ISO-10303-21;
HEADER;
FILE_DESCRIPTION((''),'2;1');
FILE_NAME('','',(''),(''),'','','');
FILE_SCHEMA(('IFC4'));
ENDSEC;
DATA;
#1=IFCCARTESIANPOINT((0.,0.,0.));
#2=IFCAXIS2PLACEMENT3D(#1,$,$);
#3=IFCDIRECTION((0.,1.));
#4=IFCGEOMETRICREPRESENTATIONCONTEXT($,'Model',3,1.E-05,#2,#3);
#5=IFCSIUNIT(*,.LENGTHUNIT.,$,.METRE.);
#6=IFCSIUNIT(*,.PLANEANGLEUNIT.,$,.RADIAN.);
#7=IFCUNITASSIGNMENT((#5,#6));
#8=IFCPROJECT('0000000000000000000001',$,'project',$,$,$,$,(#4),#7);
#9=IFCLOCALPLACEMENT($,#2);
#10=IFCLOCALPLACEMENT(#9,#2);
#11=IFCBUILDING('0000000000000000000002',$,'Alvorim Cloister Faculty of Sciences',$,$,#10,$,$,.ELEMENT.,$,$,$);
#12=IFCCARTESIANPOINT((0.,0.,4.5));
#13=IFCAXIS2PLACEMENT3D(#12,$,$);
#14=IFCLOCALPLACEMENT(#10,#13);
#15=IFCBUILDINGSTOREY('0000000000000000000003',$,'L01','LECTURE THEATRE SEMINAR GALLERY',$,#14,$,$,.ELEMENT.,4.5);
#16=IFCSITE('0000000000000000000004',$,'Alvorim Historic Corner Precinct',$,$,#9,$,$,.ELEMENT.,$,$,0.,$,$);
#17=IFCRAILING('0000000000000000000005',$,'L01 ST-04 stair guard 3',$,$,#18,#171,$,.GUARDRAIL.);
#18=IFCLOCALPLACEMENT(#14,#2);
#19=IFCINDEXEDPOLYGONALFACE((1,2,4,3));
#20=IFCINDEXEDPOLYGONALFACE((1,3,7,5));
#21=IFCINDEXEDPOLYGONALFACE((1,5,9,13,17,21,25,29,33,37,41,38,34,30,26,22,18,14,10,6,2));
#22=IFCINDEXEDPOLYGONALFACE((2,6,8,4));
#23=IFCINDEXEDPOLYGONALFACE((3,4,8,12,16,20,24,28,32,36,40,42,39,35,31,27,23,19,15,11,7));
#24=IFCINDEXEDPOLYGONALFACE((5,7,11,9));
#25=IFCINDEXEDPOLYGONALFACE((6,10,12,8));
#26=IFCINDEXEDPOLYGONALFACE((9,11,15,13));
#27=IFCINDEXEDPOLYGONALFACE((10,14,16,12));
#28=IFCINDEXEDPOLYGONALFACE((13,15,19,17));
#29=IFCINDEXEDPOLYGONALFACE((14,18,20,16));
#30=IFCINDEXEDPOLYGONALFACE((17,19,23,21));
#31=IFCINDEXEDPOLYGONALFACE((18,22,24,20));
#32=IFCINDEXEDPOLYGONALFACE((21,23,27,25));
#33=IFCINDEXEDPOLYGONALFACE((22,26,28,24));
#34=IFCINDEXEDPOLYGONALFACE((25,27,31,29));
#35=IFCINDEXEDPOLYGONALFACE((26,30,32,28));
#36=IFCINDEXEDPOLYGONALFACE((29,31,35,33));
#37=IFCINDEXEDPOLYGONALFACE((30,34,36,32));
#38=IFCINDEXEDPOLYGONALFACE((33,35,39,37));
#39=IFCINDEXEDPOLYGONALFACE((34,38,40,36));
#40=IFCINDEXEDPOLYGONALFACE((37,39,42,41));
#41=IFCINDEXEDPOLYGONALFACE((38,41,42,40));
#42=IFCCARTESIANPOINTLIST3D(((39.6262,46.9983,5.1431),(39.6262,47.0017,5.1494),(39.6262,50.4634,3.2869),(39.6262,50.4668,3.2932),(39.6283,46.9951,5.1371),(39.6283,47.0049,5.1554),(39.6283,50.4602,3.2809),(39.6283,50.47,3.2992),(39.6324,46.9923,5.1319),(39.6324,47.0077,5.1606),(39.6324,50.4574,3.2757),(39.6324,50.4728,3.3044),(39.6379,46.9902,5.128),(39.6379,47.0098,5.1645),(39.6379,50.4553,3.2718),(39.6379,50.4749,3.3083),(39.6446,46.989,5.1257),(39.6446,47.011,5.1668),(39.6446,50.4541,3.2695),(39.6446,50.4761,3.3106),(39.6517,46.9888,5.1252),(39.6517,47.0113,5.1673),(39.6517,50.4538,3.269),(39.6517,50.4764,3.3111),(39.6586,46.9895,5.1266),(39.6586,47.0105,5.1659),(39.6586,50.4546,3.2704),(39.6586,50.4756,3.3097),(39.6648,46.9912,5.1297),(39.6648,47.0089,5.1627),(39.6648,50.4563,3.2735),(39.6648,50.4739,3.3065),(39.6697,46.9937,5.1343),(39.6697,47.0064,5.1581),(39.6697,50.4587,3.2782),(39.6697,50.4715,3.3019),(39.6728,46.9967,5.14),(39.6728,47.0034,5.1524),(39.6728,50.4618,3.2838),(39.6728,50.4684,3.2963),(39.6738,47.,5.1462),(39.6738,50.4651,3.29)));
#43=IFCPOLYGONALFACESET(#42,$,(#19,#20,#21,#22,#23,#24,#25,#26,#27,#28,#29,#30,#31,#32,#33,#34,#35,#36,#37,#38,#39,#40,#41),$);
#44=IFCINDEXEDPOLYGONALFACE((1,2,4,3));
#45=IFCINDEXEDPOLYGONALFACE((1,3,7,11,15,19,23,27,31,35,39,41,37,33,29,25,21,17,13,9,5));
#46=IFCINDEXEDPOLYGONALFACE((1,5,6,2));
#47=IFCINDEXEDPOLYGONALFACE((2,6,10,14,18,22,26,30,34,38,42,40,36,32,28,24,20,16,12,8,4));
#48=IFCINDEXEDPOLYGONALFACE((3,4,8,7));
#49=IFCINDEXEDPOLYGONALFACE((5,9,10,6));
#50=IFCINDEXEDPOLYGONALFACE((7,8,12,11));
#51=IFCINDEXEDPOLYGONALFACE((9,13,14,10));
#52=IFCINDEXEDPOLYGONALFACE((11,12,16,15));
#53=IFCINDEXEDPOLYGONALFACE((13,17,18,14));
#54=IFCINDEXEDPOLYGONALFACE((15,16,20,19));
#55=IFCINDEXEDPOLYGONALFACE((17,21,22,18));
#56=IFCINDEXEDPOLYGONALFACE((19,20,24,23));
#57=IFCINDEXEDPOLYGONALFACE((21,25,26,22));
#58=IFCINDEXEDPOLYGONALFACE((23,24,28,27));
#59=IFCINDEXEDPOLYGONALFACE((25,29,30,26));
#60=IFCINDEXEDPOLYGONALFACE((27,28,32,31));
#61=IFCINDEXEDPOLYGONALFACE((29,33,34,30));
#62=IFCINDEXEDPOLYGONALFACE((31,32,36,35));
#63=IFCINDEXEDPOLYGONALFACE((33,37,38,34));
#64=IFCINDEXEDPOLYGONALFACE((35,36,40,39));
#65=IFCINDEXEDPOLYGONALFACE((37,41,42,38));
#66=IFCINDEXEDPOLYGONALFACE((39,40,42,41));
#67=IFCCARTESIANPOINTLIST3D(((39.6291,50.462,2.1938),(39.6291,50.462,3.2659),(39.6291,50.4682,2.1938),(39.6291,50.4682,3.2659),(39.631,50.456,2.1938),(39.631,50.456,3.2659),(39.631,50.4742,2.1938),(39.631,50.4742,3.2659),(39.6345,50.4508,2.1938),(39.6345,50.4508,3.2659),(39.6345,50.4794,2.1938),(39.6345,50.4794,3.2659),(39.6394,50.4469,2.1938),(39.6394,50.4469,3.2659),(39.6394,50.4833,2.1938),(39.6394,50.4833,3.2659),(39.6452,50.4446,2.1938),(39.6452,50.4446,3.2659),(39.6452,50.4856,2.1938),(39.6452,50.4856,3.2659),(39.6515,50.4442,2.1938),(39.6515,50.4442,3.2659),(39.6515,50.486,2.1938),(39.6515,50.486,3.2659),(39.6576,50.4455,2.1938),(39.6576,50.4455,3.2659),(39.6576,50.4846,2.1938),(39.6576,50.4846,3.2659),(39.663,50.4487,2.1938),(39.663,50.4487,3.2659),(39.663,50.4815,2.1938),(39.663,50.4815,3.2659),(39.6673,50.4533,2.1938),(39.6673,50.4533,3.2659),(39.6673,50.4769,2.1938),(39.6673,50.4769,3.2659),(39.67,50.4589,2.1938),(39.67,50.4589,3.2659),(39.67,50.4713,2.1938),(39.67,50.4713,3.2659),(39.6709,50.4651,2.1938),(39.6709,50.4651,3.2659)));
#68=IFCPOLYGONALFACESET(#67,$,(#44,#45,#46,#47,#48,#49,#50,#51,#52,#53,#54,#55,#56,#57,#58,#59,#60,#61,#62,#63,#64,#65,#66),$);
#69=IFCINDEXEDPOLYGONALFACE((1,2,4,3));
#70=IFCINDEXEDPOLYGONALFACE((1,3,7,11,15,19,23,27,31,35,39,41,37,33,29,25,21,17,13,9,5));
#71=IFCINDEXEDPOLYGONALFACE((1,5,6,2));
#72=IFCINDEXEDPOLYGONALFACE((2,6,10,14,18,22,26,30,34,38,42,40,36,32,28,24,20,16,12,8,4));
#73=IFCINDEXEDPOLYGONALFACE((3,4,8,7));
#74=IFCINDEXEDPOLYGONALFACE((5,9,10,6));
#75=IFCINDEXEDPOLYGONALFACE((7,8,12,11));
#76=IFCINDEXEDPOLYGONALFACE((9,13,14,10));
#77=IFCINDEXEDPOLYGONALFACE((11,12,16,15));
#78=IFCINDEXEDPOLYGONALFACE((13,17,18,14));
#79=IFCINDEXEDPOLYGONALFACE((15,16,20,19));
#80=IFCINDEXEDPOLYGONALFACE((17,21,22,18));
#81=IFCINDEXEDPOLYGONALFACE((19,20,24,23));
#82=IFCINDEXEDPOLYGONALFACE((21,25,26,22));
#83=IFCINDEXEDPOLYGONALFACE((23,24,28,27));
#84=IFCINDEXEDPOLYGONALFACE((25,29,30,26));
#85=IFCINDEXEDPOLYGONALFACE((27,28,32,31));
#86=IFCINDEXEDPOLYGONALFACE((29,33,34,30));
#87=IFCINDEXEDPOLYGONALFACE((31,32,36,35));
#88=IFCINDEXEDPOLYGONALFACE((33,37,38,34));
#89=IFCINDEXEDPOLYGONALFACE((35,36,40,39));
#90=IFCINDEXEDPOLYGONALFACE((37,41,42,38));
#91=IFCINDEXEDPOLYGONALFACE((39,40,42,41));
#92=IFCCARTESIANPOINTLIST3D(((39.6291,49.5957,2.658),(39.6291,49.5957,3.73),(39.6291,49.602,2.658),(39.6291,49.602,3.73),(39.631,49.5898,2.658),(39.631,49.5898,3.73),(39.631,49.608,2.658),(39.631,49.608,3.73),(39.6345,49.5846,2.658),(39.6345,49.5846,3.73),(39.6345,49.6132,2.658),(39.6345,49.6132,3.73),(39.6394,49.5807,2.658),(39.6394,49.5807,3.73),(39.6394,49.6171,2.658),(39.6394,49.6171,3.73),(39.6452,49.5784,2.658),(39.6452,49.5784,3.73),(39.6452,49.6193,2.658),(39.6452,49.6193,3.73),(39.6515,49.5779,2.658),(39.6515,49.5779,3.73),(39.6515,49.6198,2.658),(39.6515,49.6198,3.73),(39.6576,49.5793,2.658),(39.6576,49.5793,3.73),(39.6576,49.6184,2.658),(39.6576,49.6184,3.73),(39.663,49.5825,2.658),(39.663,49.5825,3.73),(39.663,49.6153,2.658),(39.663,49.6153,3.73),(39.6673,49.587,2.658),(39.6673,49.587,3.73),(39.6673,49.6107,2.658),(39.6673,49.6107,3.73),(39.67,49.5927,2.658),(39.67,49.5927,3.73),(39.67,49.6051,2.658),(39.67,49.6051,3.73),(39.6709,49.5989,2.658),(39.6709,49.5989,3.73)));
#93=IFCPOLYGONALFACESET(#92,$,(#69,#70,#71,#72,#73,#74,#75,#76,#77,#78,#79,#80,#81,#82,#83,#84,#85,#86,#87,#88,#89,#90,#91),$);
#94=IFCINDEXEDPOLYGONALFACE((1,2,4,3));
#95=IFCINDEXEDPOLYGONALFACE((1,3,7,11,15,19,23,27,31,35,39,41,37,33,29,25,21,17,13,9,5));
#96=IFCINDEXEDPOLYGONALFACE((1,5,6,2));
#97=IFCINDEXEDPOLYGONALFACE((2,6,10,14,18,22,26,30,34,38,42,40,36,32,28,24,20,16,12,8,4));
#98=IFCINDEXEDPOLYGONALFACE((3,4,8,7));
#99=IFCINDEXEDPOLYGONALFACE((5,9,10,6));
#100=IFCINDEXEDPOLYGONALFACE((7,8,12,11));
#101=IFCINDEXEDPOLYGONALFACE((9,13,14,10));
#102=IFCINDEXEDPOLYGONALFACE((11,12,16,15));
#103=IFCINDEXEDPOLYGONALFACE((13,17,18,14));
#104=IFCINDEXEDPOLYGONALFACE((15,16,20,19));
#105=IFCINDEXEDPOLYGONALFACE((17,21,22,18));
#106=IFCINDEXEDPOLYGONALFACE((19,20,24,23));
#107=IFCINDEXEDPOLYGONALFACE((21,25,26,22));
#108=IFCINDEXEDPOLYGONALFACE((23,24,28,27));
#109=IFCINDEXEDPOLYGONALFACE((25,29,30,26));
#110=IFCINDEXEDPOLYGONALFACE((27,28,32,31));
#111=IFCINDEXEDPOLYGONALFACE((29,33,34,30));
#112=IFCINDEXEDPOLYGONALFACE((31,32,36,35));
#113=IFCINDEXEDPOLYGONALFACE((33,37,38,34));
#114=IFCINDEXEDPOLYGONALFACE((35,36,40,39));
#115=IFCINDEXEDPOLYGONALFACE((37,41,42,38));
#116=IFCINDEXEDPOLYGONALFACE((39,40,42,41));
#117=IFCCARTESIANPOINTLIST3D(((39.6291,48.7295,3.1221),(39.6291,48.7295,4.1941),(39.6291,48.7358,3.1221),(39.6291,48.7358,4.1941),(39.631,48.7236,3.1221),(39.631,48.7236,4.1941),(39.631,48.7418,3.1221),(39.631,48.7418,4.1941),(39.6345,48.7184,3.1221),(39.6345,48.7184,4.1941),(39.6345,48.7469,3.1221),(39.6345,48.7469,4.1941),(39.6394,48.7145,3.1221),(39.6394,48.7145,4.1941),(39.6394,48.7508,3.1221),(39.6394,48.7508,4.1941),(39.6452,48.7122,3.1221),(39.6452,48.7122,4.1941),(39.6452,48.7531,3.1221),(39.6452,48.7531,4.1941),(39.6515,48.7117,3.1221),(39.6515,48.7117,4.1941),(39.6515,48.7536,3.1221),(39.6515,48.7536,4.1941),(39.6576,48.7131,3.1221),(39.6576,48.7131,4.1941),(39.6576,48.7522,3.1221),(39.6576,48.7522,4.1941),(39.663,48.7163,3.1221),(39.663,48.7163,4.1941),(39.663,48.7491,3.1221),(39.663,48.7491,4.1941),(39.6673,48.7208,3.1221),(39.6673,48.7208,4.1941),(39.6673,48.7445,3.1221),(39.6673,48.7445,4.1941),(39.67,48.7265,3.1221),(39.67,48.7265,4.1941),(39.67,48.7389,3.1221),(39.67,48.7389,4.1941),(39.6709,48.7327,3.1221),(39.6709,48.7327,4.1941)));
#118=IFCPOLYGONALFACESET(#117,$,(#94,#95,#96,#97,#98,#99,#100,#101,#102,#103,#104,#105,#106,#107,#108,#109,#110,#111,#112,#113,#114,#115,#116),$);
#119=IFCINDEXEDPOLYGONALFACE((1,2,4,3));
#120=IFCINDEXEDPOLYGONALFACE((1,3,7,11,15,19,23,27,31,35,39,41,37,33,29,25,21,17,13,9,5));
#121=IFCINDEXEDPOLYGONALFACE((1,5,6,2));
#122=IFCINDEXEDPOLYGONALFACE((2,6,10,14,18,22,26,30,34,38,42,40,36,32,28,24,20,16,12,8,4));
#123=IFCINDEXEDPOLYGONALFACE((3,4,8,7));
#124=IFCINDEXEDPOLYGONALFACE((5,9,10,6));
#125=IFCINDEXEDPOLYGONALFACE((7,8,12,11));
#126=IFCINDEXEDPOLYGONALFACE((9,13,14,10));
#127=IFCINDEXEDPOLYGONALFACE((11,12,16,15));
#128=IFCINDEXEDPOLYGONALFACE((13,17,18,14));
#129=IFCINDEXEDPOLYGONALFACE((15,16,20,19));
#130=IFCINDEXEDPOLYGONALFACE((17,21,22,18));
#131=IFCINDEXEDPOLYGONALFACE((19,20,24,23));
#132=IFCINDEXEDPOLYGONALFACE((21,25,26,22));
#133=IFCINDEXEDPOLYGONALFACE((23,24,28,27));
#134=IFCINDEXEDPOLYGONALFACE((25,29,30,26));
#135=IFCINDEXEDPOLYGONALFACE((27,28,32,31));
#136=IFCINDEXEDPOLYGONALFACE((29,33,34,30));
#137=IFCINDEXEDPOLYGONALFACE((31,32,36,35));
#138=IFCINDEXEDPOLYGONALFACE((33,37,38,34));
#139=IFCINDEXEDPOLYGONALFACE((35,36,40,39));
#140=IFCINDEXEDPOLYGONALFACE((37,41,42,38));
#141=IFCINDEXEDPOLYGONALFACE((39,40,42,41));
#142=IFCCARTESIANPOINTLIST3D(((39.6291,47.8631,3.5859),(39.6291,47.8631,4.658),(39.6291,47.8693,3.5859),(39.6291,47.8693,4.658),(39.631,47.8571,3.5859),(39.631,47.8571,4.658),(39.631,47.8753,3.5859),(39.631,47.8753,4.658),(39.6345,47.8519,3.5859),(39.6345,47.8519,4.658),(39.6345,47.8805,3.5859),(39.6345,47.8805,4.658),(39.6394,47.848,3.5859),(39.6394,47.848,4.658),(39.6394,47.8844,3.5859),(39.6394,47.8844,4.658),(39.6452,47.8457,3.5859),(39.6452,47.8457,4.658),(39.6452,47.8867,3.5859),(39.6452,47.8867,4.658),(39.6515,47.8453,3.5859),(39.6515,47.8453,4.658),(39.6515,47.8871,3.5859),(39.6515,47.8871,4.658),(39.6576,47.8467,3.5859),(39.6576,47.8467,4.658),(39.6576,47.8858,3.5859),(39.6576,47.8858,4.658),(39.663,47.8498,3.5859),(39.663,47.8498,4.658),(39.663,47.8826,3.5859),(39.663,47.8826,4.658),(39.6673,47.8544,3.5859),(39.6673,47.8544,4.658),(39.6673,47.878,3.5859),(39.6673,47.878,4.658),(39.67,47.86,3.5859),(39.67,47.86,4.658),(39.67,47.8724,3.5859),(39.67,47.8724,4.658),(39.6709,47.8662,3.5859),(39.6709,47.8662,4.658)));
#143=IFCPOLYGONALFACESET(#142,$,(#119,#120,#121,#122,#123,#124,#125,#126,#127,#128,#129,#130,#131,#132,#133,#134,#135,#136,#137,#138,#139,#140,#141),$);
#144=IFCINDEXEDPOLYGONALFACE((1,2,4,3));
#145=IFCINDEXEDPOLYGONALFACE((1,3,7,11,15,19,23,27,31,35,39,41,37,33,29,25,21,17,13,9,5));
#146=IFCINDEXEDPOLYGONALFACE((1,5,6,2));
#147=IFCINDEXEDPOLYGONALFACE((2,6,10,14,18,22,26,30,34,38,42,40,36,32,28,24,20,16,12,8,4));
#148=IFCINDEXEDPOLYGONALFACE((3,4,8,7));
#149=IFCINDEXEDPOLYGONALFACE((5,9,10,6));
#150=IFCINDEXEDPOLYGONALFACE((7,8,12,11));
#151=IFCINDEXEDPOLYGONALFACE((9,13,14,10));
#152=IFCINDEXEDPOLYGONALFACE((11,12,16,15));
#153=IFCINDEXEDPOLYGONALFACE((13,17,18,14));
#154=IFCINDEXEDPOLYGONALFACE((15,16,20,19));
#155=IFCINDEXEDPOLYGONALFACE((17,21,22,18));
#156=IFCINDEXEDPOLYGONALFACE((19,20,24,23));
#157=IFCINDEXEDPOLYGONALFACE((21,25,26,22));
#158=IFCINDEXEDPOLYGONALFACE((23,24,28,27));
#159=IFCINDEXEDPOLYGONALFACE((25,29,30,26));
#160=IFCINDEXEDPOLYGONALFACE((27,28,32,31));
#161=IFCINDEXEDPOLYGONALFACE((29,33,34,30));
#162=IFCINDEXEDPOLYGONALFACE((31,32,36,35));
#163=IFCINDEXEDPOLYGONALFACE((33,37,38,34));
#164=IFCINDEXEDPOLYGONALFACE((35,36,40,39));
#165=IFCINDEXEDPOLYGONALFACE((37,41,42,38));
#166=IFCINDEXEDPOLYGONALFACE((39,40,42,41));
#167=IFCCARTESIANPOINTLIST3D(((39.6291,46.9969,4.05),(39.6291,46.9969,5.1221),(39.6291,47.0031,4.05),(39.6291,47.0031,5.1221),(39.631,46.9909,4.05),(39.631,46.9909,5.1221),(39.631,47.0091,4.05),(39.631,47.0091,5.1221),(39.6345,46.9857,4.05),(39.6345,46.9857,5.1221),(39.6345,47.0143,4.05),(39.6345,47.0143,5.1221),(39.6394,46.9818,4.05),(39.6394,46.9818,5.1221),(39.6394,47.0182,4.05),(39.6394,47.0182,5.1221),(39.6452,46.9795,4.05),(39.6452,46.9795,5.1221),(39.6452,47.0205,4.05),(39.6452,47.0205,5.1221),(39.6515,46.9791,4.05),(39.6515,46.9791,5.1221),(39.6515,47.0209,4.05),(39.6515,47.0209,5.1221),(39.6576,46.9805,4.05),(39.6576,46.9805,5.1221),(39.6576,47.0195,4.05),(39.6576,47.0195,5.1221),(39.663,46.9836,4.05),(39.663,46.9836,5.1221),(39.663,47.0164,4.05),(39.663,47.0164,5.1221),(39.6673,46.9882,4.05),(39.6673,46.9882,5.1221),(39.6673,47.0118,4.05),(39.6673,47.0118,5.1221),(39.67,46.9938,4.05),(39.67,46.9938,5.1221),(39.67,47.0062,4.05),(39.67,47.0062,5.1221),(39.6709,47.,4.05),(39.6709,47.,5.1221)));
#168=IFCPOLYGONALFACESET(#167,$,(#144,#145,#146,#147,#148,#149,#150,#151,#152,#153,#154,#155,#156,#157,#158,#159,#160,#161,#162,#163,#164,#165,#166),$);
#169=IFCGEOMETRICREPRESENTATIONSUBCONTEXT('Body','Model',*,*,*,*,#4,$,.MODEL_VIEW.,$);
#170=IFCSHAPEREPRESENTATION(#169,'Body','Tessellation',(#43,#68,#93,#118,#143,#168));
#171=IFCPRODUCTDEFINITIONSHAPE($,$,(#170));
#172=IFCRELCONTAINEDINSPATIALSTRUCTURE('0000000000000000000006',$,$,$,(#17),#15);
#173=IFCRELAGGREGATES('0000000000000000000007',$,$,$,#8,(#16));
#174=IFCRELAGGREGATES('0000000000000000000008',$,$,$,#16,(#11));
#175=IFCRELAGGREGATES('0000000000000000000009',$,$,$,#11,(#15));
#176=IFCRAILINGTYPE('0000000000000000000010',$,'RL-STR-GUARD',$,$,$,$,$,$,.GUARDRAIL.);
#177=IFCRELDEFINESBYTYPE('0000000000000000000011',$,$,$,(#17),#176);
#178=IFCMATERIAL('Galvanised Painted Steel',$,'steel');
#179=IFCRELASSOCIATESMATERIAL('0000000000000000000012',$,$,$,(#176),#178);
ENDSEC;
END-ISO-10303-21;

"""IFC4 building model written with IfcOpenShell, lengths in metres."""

from ifc_helpers import new_model, si_unit, direction, frame, origin, origin_2d, place, context, subcontext, project, spatial, circle, extrude, material, type_object, element, save


model = new_model("IFC4")

# Units and contexts
model_context = context("Model", 3, precision=1e-05, world=origin(), true_north=direction((0.0, 1.0)))
body_context = subcontext(model_context, "Body", "Model", "MODEL_VIEW")
ifc_project = project(units=[si_unit("LENGTHUNIT", "METRE"), si_unit("PLANEANGLEUNIT", "RADIAN")], contexts=[model_context])

# Site, building, storey
site_placement = place(None, origin())
site = spatial("IfcSite", under=ifc_project, at=site_placement, Name="Alvorim Historic Corner Precinct", CompositionType="ELEMENT", RefElevation=0.0)
building_placement = place(site_placement, origin())
building = spatial("IfcBuilding", under=site, at=building_placement, Name="Alvorim Cloister Faculty of Sciences", CompositionType="ELEMENT")
storey_placement = place(building_placement, frame((0.0, 0.0, 4.5)))
storey = spatial("IfcBuildingStorey", under=building, at=storey_placement, Name="L01", Description="LECTURE THEATRE SEMINAR GALLERY", CompositionType="ELEMENT", Elevation=4.5)

# Railing
ifc_material_1 = material(Name="Galvanised Painted Steel", Category="steel")
railing_type_1 = type_object("IfcRailingType", Name="RL-STR-GUARD", PredefinedType="GUARDRAIL", material=ifc_material_1)
railing_1_placement = place(storey_placement, frame((39.6499, 50.4651, 2.1938)))
element("IfcRailing", 1, at=railing_1_placement, inside=storey, type_object=railing_type_1, Name="L01 ST-04 stair guard 3", PredefinedType="GUARDRAIL", context=body_context, shape_type="SweptSolid", body=[
    extrude(circle(Radius=0.0239, at=origin_2d()), frame((0.0, 0.0, 1.0962), z_axis=(0.0, -0.88149, 0.472202), x_axis=(1.0, 0.0, 0.0)), (0.0, 0.0, 1.0), 3.9309),
    extrude(circle(Radius=0.021, at=origin_2d()), origin(), (0.0, 0.0, 1.0), 1.072),
    extrude(circle(Radius=0.021, at=origin_2d()), frame((0.0, -0.8662, 0.4641)), (0.0, 0.0, 1.0), 1.072),
    extrude(circle(Radius=0.021, at=origin_2d()), frame((0.0, -1.7324, 0.9282)), (0.0, 0.0, 1.0), 1.072),
    extrude(circle(Radius=0.021, at=origin_2d()), frame((0.0, -2.5989, 1.3921)), (0.0, 0.0, 1.0), 1.072),
    extrude(circle(Radius=0.021, at=origin_2d()), frame((0.0, -3.4651, 1.8562)), (0.0, 0.0, 1.0), 1.072),
])

save(model, "model.ifc")
